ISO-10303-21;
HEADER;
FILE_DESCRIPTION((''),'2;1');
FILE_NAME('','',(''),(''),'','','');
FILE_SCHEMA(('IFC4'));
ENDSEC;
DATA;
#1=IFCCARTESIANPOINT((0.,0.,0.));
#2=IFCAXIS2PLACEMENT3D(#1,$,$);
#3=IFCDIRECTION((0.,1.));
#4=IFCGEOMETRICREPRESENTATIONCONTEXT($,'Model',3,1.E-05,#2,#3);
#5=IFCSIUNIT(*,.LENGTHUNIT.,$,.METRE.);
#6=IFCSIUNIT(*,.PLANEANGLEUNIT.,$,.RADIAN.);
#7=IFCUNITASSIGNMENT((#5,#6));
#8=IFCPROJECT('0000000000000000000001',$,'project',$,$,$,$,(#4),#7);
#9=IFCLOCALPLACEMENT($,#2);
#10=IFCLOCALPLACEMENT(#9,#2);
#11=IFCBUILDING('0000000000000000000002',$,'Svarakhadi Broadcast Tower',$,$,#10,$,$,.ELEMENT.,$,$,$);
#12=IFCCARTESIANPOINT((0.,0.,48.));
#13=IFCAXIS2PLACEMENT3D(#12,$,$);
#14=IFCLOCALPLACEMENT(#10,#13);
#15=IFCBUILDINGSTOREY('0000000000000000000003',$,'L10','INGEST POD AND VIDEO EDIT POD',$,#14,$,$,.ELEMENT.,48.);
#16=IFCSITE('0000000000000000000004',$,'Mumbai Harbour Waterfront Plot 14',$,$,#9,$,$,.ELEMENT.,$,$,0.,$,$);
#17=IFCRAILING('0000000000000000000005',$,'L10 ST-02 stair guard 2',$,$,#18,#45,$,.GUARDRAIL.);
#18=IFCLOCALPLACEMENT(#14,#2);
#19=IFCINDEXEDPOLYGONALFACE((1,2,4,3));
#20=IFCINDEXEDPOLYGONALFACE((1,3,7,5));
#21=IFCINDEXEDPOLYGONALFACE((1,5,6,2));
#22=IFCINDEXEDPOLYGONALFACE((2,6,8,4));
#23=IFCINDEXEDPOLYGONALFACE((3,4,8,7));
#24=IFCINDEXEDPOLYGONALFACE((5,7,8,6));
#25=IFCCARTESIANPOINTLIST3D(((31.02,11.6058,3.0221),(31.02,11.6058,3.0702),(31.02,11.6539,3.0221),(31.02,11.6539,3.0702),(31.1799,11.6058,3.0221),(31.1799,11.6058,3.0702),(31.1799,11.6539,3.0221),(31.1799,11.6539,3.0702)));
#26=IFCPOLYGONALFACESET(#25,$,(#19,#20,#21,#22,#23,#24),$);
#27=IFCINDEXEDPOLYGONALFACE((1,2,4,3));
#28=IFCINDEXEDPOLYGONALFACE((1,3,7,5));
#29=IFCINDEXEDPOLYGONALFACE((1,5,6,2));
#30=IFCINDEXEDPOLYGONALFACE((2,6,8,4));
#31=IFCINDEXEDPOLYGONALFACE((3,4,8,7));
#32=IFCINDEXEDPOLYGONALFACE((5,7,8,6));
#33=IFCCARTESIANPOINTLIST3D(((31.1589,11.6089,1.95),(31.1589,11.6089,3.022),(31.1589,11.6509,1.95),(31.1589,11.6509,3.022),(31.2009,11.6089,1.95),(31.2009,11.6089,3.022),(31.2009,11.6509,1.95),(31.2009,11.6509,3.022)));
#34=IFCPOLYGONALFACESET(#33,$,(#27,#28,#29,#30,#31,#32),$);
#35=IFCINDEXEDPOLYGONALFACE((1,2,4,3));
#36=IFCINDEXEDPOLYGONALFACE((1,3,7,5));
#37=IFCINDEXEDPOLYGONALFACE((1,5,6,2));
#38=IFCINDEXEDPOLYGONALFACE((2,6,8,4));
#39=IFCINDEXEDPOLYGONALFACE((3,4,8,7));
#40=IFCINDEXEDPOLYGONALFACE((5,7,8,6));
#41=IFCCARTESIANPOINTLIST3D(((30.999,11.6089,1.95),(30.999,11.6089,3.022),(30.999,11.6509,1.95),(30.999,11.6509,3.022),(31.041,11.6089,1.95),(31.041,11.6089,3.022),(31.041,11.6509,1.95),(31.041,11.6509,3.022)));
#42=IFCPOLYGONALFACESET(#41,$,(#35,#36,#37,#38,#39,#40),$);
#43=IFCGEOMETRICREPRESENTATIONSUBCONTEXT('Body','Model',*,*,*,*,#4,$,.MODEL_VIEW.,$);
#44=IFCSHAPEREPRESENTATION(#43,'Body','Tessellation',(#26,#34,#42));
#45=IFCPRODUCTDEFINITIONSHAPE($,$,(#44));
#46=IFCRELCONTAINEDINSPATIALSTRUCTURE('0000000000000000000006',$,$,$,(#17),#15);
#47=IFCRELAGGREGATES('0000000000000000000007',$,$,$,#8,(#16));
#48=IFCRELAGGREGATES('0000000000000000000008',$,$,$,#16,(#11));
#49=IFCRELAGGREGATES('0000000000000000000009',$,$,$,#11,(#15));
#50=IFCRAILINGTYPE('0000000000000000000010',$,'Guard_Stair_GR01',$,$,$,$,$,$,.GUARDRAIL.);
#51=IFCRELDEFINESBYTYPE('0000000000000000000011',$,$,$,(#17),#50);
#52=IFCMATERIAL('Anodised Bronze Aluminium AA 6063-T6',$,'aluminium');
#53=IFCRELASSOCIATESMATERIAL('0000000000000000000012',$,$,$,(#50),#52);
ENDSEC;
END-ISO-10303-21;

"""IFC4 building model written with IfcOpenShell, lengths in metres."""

from ifc_helpers import new_model, si_unit, direction, frame, origin, origin_2d, place, context, subcontext, project, spatial, rectangle, extrude, material, type_object, element, save


model = new_model("IFC4")

# Units and contexts
model_context = context("Model", 3, precision=1e-05, world=origin(), true_north=direction((0.0, 1.0)))
body_context = subcontext(model_context, "Body", "Model", "MODEL_VIEW")
ifc_project = project(units=[si_unit("LENGTHUNIT", "METRE"), si_unit("PLANEANGLEUNIT", "RADIAN")], contexts=[model_context])

# Site, building, storey
site_placement = place(None, origin())
site = spatial("IfcSite", under=ifc_project, at=site_placement, Name="Mumbai Harbour Waterfront Plot 14", CompositionType="ELEMENT", RefElevation=0.0)
building_placement = place(site_placement, origin())
building = spatial("IfcBuilding", under=site, at=building_placement, Name="Svarakhadi Broadcast Tower", CompositionType="ELEMENT")
storey_placement = place(building_placement, frame((0.0, 0.0, 48.0)))
storey = spatial("IfcBuildingStorey", under=building, at=storey_placement, Name="L10", Description="INGEST POD AND VIDEO EDIT POD", CompositionType="ELEMENT", Elevation=48.0)

# Railing
ifc_material_1 = material(Name="Anodised Bronze Aluminium AA 6063-T6", Category="aluminium")
railing_type = type_object("IfcRailingType", Name="Guard_Stair_GR01", PredefinedType="GUARDRAIL", material=ifc_material_1)
railing_placement = place(storey_placement, frame((31.1799, 11.6299, 1.95)))
element("IfcRailing", 1, at=railing_placement, inside=storey, type_object=railing_type, Name="L10 ST-02 stair guard 2", PredefinedType="GUARDRAIL", context=body_context, shape_type="SweptSolid", body=[
    extrude(rectangle(XDim=0.0481, YDim=0.0481, at=origin_2d()), frame((0.0, 0.0, 1.0962), z_axis=(-1.0, 0.0, 0.0), x_axis=(0.0, -1.0, 0.0)), (0.0, 0.0, 1.0), 0.1599),
    extrude(rectangle(XDim=0.042, YDim=0.042, at=origin_2d()), origin(), (0.0, 0.0, 1.0), 1.072),
    extrude(rectangle(XDim=0.042, YDim=0.042, at=origin_2d()), frame((-0.1599, 0.0, 0.0)), (0.0, 0.0, 1.0), 1.072),
])

save(model, "model.ifc")
